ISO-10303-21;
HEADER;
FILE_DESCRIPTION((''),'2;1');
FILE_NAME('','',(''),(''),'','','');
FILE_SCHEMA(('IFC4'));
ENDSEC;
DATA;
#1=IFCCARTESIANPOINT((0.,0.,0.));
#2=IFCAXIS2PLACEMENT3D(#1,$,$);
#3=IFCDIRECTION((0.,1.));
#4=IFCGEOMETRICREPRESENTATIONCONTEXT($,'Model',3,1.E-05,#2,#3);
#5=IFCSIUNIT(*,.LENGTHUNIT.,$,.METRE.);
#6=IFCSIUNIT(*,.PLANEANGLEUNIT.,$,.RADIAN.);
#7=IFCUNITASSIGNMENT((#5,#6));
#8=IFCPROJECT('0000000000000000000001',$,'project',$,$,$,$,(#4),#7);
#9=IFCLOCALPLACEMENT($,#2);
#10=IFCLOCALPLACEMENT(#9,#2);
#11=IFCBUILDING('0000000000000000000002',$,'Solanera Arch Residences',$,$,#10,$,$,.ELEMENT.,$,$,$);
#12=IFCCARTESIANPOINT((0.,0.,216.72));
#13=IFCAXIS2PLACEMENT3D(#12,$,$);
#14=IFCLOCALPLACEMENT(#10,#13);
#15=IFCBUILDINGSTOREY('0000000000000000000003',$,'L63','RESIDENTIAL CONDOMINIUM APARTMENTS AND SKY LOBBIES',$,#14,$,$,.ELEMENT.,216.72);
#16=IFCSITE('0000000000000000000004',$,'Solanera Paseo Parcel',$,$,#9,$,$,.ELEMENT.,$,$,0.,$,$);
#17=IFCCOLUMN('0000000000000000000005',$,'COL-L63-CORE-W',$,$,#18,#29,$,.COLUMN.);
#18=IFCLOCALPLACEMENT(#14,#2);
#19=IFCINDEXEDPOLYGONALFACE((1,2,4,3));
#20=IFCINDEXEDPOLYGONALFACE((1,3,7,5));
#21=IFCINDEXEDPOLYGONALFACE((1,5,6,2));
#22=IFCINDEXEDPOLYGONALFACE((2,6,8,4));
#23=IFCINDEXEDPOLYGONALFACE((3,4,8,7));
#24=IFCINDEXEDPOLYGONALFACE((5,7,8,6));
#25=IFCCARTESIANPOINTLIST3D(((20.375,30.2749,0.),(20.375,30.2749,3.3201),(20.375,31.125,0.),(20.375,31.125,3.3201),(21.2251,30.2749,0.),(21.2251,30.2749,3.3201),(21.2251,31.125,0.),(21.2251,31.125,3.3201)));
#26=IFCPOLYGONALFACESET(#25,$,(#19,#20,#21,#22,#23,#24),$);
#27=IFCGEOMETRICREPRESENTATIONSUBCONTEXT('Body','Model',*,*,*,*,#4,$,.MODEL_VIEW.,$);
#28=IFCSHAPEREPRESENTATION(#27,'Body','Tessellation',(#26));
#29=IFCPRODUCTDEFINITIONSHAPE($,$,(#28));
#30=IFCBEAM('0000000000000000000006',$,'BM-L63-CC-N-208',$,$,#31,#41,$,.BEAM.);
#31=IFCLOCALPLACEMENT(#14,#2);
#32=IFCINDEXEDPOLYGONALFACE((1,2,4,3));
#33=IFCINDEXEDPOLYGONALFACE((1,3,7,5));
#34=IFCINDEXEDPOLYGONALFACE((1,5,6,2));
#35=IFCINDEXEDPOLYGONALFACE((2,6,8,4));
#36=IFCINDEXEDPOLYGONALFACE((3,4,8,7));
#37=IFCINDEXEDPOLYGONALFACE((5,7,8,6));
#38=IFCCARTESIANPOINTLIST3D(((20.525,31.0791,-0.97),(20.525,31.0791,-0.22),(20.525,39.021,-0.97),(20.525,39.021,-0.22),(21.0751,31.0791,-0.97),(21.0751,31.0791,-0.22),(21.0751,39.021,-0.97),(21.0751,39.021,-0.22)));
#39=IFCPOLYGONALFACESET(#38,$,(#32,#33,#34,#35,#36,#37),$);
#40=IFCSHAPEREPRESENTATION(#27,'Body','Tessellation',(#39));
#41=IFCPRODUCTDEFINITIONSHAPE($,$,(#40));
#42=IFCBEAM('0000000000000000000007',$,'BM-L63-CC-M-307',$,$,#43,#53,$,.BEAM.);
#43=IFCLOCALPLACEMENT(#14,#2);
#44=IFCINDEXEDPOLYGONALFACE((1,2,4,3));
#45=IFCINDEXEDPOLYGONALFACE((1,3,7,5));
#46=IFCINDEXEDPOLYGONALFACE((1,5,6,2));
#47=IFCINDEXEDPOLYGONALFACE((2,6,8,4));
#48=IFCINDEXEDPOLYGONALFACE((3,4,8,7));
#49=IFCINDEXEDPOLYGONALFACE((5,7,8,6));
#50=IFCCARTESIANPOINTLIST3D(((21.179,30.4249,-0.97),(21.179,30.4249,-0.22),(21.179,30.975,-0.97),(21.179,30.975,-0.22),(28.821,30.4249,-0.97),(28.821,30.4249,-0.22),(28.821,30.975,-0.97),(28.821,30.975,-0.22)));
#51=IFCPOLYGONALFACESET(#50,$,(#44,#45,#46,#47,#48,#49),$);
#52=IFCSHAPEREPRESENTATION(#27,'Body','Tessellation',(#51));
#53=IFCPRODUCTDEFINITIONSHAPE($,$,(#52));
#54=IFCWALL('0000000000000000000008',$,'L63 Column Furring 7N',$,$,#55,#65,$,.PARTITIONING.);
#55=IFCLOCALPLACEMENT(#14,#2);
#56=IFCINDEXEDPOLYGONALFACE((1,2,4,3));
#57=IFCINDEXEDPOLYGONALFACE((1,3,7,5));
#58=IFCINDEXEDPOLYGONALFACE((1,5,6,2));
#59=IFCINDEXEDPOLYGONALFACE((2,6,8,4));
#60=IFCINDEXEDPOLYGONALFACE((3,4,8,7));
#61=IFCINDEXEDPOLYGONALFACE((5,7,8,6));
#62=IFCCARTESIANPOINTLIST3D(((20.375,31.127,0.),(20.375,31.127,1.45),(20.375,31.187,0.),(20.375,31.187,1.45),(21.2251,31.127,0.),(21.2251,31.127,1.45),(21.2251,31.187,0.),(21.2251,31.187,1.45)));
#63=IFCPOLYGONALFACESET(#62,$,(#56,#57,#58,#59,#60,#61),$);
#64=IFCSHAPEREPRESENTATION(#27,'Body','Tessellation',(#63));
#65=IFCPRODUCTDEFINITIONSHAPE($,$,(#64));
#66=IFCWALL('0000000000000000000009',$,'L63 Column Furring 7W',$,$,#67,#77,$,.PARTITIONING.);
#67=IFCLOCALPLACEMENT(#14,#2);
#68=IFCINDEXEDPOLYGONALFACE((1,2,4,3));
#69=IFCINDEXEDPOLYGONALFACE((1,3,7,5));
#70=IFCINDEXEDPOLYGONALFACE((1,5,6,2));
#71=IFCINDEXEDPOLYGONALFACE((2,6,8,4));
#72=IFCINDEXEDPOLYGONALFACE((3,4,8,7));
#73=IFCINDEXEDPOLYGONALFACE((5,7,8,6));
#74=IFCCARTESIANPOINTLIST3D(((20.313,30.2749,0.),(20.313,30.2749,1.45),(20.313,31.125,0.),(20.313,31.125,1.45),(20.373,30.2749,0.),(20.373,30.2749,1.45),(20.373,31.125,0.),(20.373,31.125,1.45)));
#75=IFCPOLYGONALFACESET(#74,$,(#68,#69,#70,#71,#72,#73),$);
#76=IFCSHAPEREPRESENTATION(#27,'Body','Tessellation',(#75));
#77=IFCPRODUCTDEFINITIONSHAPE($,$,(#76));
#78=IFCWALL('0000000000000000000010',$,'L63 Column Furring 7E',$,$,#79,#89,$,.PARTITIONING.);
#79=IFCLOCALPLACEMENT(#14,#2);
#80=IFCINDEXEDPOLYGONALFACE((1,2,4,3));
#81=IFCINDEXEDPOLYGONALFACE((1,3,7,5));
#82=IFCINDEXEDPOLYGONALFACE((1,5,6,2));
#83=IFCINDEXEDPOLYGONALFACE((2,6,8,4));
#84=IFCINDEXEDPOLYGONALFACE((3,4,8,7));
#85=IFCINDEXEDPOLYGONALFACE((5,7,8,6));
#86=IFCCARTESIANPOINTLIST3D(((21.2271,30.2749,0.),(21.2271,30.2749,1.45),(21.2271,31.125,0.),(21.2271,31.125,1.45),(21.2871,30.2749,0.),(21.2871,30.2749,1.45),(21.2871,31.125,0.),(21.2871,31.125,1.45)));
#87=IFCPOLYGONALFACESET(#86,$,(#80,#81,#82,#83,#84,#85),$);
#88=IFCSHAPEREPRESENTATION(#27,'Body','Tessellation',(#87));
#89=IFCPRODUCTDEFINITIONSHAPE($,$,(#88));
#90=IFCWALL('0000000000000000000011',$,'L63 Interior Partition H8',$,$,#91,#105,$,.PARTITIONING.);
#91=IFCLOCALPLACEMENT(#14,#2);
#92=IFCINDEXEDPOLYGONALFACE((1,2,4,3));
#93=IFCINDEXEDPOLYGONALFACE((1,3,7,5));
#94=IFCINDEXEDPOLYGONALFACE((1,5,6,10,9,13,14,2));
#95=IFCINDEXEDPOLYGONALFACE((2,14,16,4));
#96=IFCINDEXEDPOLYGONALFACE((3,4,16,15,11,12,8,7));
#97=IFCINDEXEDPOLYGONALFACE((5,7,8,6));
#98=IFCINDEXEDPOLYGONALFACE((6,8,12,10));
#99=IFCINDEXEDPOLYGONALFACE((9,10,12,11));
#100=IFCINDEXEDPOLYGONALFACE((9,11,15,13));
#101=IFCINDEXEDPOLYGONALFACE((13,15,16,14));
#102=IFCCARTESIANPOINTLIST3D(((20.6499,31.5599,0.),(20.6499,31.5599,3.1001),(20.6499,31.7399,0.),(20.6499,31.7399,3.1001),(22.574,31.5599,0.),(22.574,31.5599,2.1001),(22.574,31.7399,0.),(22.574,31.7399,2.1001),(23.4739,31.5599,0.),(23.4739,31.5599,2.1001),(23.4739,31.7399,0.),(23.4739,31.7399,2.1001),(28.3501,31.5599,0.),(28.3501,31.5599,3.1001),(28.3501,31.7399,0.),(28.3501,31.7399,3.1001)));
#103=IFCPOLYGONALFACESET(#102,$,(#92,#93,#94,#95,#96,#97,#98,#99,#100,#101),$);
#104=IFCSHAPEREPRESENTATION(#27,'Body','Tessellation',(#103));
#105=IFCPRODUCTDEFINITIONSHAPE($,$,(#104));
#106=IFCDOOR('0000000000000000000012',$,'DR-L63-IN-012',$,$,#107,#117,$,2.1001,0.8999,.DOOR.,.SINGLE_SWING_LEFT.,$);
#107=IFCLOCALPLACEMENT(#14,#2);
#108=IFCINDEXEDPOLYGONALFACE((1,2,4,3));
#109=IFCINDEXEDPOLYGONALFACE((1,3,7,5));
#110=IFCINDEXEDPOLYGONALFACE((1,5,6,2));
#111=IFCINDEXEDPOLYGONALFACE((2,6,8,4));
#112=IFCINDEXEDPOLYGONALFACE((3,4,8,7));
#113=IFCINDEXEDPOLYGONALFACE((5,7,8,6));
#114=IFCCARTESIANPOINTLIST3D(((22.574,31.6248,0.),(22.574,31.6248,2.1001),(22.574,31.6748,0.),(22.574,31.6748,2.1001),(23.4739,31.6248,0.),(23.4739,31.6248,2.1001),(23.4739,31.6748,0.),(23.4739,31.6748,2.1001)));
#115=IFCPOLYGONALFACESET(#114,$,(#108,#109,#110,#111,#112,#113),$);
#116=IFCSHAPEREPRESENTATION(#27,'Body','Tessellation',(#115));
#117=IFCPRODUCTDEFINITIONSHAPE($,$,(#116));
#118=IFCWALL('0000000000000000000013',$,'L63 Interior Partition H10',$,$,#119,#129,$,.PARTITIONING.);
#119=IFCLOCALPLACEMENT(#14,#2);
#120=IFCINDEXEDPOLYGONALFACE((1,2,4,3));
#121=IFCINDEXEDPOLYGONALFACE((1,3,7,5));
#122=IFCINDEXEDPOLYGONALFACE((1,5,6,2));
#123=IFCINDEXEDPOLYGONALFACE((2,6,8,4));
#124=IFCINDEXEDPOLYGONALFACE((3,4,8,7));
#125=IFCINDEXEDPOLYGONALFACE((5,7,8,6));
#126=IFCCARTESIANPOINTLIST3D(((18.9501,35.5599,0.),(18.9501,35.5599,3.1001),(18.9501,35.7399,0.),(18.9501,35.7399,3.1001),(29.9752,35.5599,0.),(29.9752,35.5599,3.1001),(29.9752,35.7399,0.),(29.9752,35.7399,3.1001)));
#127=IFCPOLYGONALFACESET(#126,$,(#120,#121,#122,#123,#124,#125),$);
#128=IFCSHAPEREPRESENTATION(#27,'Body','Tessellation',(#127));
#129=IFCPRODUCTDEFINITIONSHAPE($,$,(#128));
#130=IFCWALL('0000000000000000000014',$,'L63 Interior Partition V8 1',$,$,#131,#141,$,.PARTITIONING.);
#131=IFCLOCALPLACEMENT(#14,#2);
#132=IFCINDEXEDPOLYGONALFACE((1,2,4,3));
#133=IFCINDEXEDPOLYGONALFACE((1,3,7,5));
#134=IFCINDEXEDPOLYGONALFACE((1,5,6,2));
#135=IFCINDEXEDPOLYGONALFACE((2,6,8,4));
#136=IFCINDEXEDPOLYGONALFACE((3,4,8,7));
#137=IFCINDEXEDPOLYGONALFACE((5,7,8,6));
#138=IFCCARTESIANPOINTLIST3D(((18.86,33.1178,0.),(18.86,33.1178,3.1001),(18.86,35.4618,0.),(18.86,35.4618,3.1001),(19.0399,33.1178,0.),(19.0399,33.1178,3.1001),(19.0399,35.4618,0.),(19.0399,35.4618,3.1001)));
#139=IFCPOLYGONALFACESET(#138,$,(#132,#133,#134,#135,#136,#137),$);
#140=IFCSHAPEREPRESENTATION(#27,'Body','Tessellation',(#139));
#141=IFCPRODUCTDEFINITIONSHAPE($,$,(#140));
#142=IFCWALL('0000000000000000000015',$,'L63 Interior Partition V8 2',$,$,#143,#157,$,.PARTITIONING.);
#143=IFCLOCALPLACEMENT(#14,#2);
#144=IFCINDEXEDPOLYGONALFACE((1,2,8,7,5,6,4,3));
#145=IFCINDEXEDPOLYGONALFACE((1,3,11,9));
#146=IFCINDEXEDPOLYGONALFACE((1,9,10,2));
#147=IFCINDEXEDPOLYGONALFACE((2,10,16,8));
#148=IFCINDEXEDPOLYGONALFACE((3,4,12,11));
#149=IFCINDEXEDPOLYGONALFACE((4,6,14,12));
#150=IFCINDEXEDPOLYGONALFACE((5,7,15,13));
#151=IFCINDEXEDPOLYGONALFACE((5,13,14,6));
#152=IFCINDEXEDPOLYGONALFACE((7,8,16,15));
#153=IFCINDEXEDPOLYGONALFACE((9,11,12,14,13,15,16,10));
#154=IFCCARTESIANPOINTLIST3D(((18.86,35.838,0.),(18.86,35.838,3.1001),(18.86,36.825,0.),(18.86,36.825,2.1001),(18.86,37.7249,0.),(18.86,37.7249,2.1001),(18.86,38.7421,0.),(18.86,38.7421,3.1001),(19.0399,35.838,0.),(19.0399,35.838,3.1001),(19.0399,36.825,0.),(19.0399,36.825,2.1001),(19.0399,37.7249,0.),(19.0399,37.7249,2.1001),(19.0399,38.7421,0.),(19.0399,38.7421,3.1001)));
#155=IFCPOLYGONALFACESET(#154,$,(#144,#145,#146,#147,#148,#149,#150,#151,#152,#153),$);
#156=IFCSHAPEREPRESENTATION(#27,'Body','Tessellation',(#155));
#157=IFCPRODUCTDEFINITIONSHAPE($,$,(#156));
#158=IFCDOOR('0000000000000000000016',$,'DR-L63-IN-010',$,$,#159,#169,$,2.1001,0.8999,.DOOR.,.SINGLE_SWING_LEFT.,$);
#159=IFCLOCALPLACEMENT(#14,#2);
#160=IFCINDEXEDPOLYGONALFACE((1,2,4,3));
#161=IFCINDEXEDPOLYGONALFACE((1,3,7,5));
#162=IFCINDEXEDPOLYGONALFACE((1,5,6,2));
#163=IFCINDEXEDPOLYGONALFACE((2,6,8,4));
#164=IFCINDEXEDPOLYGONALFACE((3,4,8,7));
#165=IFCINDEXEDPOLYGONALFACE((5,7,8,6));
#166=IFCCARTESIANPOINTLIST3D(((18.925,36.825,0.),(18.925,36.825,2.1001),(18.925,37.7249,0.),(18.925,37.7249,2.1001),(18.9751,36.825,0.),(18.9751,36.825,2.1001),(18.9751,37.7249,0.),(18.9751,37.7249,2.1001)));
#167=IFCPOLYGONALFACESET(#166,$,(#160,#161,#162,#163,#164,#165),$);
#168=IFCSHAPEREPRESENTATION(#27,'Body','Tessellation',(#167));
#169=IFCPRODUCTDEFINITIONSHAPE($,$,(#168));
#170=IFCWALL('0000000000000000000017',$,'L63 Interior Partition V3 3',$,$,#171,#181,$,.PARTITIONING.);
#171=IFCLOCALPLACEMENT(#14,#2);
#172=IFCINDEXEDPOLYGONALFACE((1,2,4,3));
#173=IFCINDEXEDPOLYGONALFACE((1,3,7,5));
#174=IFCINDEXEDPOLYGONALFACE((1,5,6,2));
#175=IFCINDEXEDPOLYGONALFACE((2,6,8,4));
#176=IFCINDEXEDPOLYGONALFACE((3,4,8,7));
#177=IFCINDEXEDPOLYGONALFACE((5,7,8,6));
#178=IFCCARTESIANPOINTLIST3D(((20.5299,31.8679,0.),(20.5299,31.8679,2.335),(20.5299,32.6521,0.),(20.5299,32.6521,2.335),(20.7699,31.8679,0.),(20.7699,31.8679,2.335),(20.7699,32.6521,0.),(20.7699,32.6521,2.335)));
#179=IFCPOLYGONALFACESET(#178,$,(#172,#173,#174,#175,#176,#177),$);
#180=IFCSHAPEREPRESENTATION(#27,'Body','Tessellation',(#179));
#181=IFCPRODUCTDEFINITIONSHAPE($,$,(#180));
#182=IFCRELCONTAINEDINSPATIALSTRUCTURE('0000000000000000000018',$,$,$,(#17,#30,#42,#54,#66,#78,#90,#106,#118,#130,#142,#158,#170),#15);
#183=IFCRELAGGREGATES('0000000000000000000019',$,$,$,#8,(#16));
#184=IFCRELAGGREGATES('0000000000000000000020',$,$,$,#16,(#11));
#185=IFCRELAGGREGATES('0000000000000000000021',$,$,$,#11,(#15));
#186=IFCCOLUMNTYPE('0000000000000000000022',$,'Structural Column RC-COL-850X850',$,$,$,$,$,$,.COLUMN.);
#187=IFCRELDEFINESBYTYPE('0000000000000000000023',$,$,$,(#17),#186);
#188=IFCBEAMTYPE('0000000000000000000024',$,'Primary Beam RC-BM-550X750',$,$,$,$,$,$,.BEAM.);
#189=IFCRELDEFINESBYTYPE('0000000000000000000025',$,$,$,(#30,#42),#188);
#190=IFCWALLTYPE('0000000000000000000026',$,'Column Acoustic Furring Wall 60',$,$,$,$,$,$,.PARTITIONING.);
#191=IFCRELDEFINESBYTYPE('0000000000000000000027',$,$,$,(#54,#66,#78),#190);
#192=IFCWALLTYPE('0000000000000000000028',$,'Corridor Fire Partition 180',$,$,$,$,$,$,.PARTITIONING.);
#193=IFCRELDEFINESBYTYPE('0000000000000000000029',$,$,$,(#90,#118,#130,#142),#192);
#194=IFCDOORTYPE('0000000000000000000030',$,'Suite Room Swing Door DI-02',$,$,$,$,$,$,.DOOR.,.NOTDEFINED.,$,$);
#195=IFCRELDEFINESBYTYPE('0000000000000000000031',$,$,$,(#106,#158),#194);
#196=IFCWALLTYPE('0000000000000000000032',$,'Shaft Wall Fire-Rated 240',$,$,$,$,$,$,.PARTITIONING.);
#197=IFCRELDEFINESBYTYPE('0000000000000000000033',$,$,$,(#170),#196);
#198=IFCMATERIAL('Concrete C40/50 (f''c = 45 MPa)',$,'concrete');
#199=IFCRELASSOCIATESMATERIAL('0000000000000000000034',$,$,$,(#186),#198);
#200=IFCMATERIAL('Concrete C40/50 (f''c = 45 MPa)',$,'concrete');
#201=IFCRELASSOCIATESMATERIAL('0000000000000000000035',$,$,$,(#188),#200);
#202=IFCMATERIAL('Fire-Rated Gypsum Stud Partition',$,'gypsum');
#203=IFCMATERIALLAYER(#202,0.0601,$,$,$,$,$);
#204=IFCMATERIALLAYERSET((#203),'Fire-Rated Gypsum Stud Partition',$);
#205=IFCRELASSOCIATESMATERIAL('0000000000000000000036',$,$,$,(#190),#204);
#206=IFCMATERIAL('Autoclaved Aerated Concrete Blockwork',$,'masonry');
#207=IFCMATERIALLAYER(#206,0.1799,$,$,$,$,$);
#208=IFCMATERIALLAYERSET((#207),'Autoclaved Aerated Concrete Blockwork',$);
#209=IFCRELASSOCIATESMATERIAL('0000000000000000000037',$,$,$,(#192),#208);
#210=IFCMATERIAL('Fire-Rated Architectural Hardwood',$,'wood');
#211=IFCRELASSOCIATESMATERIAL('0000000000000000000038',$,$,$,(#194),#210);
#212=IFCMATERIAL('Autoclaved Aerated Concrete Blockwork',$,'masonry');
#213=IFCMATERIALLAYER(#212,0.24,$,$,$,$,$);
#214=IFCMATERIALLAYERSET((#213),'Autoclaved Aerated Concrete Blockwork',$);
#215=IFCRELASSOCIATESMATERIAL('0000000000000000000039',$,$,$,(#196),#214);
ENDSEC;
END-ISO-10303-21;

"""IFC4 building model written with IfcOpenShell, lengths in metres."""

from ifc_helpers import new_model, si_unit, direction, frame, frame_2d, origin, origin_2d, place, context, subcontext, project, spatial, rectangle, extrude, material, layer, layer_set, material_profile, profile_set, type_object, element, fill, save


model = new_model("IFC4")

# Units and contexts
model_context = context("Model", 3, precision=1e-05, world=origin(), true_north=direction((0.0, 1.0)))
body_context = subcontext(model_context, "Body", "Model", "MODEL_VIEW")
ifc_project = project(units=[si_unit("LENGTHUNIT", "METRE"), si_unit("PLANEANGLEUNIT", "RADIAN")], contexts=[model_context])

# Site, building, storey
site_placement = place(None, origin())
site = spatial("IfcSite", under=ifc_project, at=site_placement, Name="Solanera Paseo Parcel", CompositionType="ELEMENT", RefElevation=0.0)
building_placement = place(site_placement, origin())
building = spatial("IfcBuilding", under=site, at=building_placement, Name="Solanera Arch Residences", CompositionType="ELEMENT")
storey_placement = place(building_placement, frame((0.0, 0.0, 216.72)))
storey = spatial("IfcBuildingStorey", under=building, at=storey_placement, Name="L63", Description="RESIDENTIAL CONDOMINIUM APARTMENTS AND SKY LOBBIES", CompositionType="ELEMENT", Elevation=216.72)

# Column
ifc_material_1 = material(Name="Concrete C40/50 (f'c = 45 MPa)", Category="concrete")
ifc_material_profile_1 = material_profile(ifc_material_1, rectangle(XDim=0.8501, YDim=0.8501, at=origin_2d()))
ifc_profile_set_1 = profile_set([ifc_material_profile_1], Name="Concrete C40/50 (f'c = 45 MPa)")
column_type = type_object("IfcColumnType", Name="Structural Column RC-COL-850X850", PredefinedType="COLUMN", material=ifc_profile_set_1)
column_placement = place(storey_placement, frame((20.8, 30.7, 0.0), z_axis=(0.0, 0.0, 1.0), x_axis=(1.0, 0.0, 0.0)))
element("IfcColumn", 1, at=column_placement, inside=storey, type_object=column_type, Name="COL-L63-CORE-W", PredefinedType="COLUMN", context=body_context, shape_type="SweptSolid", body=[
    extrude(rectangle(XDim=0.8501, YDim=0.8501, at=origin_2d()), origin(), (0.0, 0.0, 1.0), 3.3201),
])

# Beams
ifc_material_2 = material(Name="Concrete C40/50 (f'c = 45 MPa)", Category="concrete")
ifc_material_profile_2 = material_profile(ifc_material_2, rectangle(XDim=0.55, YDim=0.75, at=origin_2d()))
ifc_profile_set_2 = profile_set([ifc_material_profile_2], Name="Concrete C40/50 (f'c = 45 MPa)")
beam_type = type_object("IfcBeamType", Name="Primary Beam RC-BM-550X750", PredefinedType="BEAM", material=ifc_profile_set_2)
beam_1_placement = place(storey_placement, frame((20.8, 31.0791, -0.595), z_axis=(0.0, 1.0, 0.0), x_axis=(-1.0, 0.0, 0.0)))
element("IfcBeam", 2, at=beam_1_placement, inside=storey, type_object=beam_type, Name="BM-L63-CC-N-208", PredefinedType="BEAM", context=body_context, shape_type="SweptSolid", body=[
    extrude(rectangle(XDim=0.55, YDim=0.75, at=origin_2d()), origin(), (0.0, 0.0, 1.0), 7.9419),
])
beam_2_placement = place(storey_placement, frame((21.179, 30.7, -0.595), z_axis=(1.0, 0.0, 0.0), x_axis=(0.0, 1.0, 0.0)))
element("IfcBeam", 3, at=beam_2_placement, inside=storey, type_object=beam_type, Name="BM-L63-CC-M-307", PredefinedType="BEAM", context=body_context, shape_type="SweptSolid", body=[
    extrude(rectangle(XDim=0.55, YDim=0.75, at=origin_2d()), origin(), (0.0, 0.0, 1.0), 7.6421),
])

# Walls
ifc_material_3 = material(Name="Fire-Rated Gypsum Stud Partition", Category="gypsum")
ifc_layer_1 = layer(ifc_material_3, 0.0601)
ifc_layer_set_1 = layer_set([ifc_layer_1], Name="Fire-Rated Gypsum Stud Partition")
wall_type_1 = type_object("IfcWallType", Name="Column Acoustic Furring Wall 60", PredefinedType="PARTITIONING", material=ifc_layer_set_1)
for number, where, z_axis, x_axis, name in (
    (4, (20.375, 31.157, 0.0), (0.0, 0.0, 1.0), (1.0, 0.0, 0.0), "L63 Column Furring 7N"),
    (5, (20.343, 30.2749, 0.0), (0.0, 0.0, 1.0), (0.0, 1.0, 0.0), "L63 Column Furring 7W"),
    (6, (21.2571, 30.2749, 0.0), (0.0, 0.0, 1.0), (0.0, 1.0, 0.0), "L63 Column Furring 7E"),
):
    element("IfcWall", number, at=place(storey_placement, frame(where, z_axis=z_axis, x_axis=x_axis)), inside=storey, type_object=wall_type_1, Name=name, PredefinedType="PARTITIONING", context=body_context, shape_type="SweptSolid", body=[
        extrude(rectangle(XDim=0.8501, YDim=0.0601, at=frame_2d((0.425, 0.0))), origin(), (0.0, 0.0, 1.0), 1.45),
    ])

# Wall, opening, door
ifc_material_4 = material(Name="Autoclaved Aerated Concrete Blockwork", Category="masonry")
ifc_layer_2 = layer(ifc_material_4, 0.1799)
ifc_layer_set_2 = layer_set([ifc_layer_2], Name="Autoclaved Aerated Concrete Blockwork")
wall_type_2 = type_object("IfcWallType", Name="Corridor Fire Partition 180", PredefinedType="PARTITIONING", material=ifc_layer_set_2)
wall_1_placement = place(storey_placement, frame((20.6499, 31.6499, 0.0), z_axis=(0.0, 0.0, 1.0), x_axis=(1.0, 0.0, 0.0)))
wall_1 = element("IfcWall", 7, at=wall_1_placement, inside=storey, type_object=wall_type_2, Name="L63 Interior Partition H8", PredefinedType="PARTITIONING", context=body_context, shape_type="SweptSolid", body=[
    extrude(rectangle(XDim=7.7002, YDim=0.1799, at=frame_2d((3.8501, 0.0))), origin(), (0.0, 0.0, 1.0), 3.1001),
])
opening_1_placement = place(wall_1_placement, frame((1.9241, 0.0, 0.0)))
opening_1 = element("IfcOpeningElement", 8, at=opening_1_placement, cuts=wall_1, PredefinedType="OPENING", context=body_context, shape_type="SweptSolid", body=[
    extrude(rectangle(XDim=0.8999, YDim=2.1001, at=frame_2d((0.45, 1.05))), frame((0.0, 0.1001, 0.0), z_axis=(0.0, -1.0, 0.0), x_axis=(1.0, 0.0, 0.0)), (0.0, 0.0, 1.0), 0.1999),
])
ifc_material_5 = material(Name="Fire-Rated Architectural Hardwood", Category="wood")
door_type_1 = type_object("IfcDoorType", Name="Suite Room Swing Door DI-02", OperationType="NOTDEFINED", PredefinedType="DOOR", material=ifc_material_5)
door_1_placement = place(opening_1_placement, origin())
door_1 = element("IfcDoor", 9, at=door_1_placement, inside=storey, type_object=door_type_1, Name="DR-L63-IN-012", OperationType="SINGLE_SWING_LEFT", OverallHeight=2.1001, OverallWidth=0.8999, PredefinedType="DOOR", context=body_context, shape_type="SweptSolid", body=[
    extrude(rectangle(XDim=0.8999, YDim=2.1001, at=frame_2d((0.45, 1.05))), frame((0.0, 0.0249, 0.0), z_axis=(0.0, -1.0, 0.0), x_axis=(1.0, 0.0, 0.0)), (0.0, 0.0, 1.0), 0.05),
])
fill(opening_1, door_1)

# Walls
wall_2_placement = place(storey_placement, frame((18.95, 35.6499, 0.0), z_axis=(0.0, 0.0, 1.0), x_axis=(1.0, 0.0, 0.0)))
element("IfcWall", 10, at=wall_2_placement, inside=storey, type_object=wall_type_2, Name="L63 Interior Partition H10", PredefinedType="PARTITIONING", context=body_context, shape_type="SweptSolid", body=[
    extrude(rectangle(XDim=11.0251, YDim=0.1799, at=frame_2d((5.5127, 0.0))), origin(), (0.0, 0.0, 1.0), 3.1001),
])
wall_3_placement = place(storey_placement, frame((18.95, 33.1179, 0.0), z_axis=(0.0, 0.0, 1.0), x_axis=(0.0, 1.0, 0.0)))
element("IfcWall", 11, at=wall_3_placement, inside=storey, type_object=wall_type_2, Name="L63 Interior Partition V8 1", PredefinedType="PARTITIONING", context=body_context, shape_type="SweptSolid", body=[
    extrude(rectangle(XDim=2.344, YDim=0.1799, at=frame_2d((1.1719, 0.0))), origin(), (0.0, 0.0, 1.0), 3.1001),
])

# Wall, opening, door
wall_4_placement = place(storey_placement, frame((18.95, 35.8379, 0.0), z_axis=(0.0, 0.0, 1.0), x_axis=(0.0, 1.0, 0.0)))
wall_4 = element("IfcWall", 12, at=wall_4_placement, inside=storey, type_object=wall_type_2, Name="L63 Interior Partition V8 2", PredefinedType="PARTITIONING", context=body_context, shape_type="SweptSolid", body=[
    extrude(rectangle(XDim=2.9041, YDim=0.1799, at=frame_2d((1.4521, 0.0))), origin(), (0.0, 0.0, 1.0), 3.1001),
])
opening_2_placement = place(wall_4_placement, frame((0.9871, 0.0, 0.0)))
opening_2 = element("IfcOpeningElement", 13, at=opening_2_placement, cuts=wall_4, PredefinedType="OPENING", context=body_context, shape_type="SweptSolid", body=[
    extrude(rectangle(XDim=0.8999, YDim=2.1001, at=frame_2d((0.45, 1.05))), frame((0.0, 0.1001, 0.0), z_axis=(0.0, -1.0, 0.0), x_axis=(1.0, 0.0, 0.0)), (0.0, 0.0, 1.0), 0.1999),
])
door_2_placement = place(opening_2_placement, origin())
door_2 = element("IfcDoor", 14, at=door_2_placement, inside=storey, type_object=door_type_1, Name="DR-L63-IN-010", OperationType="SINGLE_SWING_LEFT", OverallHeight=2.1001, OverallWidth=0.8999, PredefinedType="DOOR", context=body_context, shape_type="SweptSolid", body=[
    extrude(rectangle(XDim=0.8999, YDim=2.1001, at=frame_2d((0.45, 1.05))), frame((0.0, 0.0249, 0.0), z_axis=(0.0, -1.0, 0.0), x_axis=(1.0, 0.0, 0.0)), (0.0, 0.0, 1.0), 0.05),
])
fill(opening_2, door_2)
ifc_material_6 = material(Name="Autoclaved Aerated Concrete Blockwork", Category="masonry")
ifc_layer_3 = layer(ifc_material_6, 0.24)
ifc_layer_set_3 = layer_set([ifc_layer_3], Name="Autoclaved Aerated Concrete Blockwork")
wall_type_3 = type_object("IfcWallType", Name="Shaft Wall Fire-Rated 240", PredefinedType="PARTITIONING", material=ifc_layer_set_3)

# Wall
wall_5_placement = place(storey_placement, frame((20.6499, 31.8679, 0.0), z_axis=(0.0, 0.0, 1.0), x_axis=(0.0, 1.0, 0.0)))
element("IfcWall", 15, at=wall_5_placement, inside=storey, type_object=wall_type_3, Name="L63 Interior Partition V3 3", PredefinedType="PARTITIONING", context=body_context, shape_type="SweptSolid", body=[
    extrude(rectangle(XDim=0.7842, YDim=0.24, at=frame_2d((0.3921, 0.0))), origin(), (0.0, 0.0, 1.0), 2.335),
])

save(model, "model.ifc")
